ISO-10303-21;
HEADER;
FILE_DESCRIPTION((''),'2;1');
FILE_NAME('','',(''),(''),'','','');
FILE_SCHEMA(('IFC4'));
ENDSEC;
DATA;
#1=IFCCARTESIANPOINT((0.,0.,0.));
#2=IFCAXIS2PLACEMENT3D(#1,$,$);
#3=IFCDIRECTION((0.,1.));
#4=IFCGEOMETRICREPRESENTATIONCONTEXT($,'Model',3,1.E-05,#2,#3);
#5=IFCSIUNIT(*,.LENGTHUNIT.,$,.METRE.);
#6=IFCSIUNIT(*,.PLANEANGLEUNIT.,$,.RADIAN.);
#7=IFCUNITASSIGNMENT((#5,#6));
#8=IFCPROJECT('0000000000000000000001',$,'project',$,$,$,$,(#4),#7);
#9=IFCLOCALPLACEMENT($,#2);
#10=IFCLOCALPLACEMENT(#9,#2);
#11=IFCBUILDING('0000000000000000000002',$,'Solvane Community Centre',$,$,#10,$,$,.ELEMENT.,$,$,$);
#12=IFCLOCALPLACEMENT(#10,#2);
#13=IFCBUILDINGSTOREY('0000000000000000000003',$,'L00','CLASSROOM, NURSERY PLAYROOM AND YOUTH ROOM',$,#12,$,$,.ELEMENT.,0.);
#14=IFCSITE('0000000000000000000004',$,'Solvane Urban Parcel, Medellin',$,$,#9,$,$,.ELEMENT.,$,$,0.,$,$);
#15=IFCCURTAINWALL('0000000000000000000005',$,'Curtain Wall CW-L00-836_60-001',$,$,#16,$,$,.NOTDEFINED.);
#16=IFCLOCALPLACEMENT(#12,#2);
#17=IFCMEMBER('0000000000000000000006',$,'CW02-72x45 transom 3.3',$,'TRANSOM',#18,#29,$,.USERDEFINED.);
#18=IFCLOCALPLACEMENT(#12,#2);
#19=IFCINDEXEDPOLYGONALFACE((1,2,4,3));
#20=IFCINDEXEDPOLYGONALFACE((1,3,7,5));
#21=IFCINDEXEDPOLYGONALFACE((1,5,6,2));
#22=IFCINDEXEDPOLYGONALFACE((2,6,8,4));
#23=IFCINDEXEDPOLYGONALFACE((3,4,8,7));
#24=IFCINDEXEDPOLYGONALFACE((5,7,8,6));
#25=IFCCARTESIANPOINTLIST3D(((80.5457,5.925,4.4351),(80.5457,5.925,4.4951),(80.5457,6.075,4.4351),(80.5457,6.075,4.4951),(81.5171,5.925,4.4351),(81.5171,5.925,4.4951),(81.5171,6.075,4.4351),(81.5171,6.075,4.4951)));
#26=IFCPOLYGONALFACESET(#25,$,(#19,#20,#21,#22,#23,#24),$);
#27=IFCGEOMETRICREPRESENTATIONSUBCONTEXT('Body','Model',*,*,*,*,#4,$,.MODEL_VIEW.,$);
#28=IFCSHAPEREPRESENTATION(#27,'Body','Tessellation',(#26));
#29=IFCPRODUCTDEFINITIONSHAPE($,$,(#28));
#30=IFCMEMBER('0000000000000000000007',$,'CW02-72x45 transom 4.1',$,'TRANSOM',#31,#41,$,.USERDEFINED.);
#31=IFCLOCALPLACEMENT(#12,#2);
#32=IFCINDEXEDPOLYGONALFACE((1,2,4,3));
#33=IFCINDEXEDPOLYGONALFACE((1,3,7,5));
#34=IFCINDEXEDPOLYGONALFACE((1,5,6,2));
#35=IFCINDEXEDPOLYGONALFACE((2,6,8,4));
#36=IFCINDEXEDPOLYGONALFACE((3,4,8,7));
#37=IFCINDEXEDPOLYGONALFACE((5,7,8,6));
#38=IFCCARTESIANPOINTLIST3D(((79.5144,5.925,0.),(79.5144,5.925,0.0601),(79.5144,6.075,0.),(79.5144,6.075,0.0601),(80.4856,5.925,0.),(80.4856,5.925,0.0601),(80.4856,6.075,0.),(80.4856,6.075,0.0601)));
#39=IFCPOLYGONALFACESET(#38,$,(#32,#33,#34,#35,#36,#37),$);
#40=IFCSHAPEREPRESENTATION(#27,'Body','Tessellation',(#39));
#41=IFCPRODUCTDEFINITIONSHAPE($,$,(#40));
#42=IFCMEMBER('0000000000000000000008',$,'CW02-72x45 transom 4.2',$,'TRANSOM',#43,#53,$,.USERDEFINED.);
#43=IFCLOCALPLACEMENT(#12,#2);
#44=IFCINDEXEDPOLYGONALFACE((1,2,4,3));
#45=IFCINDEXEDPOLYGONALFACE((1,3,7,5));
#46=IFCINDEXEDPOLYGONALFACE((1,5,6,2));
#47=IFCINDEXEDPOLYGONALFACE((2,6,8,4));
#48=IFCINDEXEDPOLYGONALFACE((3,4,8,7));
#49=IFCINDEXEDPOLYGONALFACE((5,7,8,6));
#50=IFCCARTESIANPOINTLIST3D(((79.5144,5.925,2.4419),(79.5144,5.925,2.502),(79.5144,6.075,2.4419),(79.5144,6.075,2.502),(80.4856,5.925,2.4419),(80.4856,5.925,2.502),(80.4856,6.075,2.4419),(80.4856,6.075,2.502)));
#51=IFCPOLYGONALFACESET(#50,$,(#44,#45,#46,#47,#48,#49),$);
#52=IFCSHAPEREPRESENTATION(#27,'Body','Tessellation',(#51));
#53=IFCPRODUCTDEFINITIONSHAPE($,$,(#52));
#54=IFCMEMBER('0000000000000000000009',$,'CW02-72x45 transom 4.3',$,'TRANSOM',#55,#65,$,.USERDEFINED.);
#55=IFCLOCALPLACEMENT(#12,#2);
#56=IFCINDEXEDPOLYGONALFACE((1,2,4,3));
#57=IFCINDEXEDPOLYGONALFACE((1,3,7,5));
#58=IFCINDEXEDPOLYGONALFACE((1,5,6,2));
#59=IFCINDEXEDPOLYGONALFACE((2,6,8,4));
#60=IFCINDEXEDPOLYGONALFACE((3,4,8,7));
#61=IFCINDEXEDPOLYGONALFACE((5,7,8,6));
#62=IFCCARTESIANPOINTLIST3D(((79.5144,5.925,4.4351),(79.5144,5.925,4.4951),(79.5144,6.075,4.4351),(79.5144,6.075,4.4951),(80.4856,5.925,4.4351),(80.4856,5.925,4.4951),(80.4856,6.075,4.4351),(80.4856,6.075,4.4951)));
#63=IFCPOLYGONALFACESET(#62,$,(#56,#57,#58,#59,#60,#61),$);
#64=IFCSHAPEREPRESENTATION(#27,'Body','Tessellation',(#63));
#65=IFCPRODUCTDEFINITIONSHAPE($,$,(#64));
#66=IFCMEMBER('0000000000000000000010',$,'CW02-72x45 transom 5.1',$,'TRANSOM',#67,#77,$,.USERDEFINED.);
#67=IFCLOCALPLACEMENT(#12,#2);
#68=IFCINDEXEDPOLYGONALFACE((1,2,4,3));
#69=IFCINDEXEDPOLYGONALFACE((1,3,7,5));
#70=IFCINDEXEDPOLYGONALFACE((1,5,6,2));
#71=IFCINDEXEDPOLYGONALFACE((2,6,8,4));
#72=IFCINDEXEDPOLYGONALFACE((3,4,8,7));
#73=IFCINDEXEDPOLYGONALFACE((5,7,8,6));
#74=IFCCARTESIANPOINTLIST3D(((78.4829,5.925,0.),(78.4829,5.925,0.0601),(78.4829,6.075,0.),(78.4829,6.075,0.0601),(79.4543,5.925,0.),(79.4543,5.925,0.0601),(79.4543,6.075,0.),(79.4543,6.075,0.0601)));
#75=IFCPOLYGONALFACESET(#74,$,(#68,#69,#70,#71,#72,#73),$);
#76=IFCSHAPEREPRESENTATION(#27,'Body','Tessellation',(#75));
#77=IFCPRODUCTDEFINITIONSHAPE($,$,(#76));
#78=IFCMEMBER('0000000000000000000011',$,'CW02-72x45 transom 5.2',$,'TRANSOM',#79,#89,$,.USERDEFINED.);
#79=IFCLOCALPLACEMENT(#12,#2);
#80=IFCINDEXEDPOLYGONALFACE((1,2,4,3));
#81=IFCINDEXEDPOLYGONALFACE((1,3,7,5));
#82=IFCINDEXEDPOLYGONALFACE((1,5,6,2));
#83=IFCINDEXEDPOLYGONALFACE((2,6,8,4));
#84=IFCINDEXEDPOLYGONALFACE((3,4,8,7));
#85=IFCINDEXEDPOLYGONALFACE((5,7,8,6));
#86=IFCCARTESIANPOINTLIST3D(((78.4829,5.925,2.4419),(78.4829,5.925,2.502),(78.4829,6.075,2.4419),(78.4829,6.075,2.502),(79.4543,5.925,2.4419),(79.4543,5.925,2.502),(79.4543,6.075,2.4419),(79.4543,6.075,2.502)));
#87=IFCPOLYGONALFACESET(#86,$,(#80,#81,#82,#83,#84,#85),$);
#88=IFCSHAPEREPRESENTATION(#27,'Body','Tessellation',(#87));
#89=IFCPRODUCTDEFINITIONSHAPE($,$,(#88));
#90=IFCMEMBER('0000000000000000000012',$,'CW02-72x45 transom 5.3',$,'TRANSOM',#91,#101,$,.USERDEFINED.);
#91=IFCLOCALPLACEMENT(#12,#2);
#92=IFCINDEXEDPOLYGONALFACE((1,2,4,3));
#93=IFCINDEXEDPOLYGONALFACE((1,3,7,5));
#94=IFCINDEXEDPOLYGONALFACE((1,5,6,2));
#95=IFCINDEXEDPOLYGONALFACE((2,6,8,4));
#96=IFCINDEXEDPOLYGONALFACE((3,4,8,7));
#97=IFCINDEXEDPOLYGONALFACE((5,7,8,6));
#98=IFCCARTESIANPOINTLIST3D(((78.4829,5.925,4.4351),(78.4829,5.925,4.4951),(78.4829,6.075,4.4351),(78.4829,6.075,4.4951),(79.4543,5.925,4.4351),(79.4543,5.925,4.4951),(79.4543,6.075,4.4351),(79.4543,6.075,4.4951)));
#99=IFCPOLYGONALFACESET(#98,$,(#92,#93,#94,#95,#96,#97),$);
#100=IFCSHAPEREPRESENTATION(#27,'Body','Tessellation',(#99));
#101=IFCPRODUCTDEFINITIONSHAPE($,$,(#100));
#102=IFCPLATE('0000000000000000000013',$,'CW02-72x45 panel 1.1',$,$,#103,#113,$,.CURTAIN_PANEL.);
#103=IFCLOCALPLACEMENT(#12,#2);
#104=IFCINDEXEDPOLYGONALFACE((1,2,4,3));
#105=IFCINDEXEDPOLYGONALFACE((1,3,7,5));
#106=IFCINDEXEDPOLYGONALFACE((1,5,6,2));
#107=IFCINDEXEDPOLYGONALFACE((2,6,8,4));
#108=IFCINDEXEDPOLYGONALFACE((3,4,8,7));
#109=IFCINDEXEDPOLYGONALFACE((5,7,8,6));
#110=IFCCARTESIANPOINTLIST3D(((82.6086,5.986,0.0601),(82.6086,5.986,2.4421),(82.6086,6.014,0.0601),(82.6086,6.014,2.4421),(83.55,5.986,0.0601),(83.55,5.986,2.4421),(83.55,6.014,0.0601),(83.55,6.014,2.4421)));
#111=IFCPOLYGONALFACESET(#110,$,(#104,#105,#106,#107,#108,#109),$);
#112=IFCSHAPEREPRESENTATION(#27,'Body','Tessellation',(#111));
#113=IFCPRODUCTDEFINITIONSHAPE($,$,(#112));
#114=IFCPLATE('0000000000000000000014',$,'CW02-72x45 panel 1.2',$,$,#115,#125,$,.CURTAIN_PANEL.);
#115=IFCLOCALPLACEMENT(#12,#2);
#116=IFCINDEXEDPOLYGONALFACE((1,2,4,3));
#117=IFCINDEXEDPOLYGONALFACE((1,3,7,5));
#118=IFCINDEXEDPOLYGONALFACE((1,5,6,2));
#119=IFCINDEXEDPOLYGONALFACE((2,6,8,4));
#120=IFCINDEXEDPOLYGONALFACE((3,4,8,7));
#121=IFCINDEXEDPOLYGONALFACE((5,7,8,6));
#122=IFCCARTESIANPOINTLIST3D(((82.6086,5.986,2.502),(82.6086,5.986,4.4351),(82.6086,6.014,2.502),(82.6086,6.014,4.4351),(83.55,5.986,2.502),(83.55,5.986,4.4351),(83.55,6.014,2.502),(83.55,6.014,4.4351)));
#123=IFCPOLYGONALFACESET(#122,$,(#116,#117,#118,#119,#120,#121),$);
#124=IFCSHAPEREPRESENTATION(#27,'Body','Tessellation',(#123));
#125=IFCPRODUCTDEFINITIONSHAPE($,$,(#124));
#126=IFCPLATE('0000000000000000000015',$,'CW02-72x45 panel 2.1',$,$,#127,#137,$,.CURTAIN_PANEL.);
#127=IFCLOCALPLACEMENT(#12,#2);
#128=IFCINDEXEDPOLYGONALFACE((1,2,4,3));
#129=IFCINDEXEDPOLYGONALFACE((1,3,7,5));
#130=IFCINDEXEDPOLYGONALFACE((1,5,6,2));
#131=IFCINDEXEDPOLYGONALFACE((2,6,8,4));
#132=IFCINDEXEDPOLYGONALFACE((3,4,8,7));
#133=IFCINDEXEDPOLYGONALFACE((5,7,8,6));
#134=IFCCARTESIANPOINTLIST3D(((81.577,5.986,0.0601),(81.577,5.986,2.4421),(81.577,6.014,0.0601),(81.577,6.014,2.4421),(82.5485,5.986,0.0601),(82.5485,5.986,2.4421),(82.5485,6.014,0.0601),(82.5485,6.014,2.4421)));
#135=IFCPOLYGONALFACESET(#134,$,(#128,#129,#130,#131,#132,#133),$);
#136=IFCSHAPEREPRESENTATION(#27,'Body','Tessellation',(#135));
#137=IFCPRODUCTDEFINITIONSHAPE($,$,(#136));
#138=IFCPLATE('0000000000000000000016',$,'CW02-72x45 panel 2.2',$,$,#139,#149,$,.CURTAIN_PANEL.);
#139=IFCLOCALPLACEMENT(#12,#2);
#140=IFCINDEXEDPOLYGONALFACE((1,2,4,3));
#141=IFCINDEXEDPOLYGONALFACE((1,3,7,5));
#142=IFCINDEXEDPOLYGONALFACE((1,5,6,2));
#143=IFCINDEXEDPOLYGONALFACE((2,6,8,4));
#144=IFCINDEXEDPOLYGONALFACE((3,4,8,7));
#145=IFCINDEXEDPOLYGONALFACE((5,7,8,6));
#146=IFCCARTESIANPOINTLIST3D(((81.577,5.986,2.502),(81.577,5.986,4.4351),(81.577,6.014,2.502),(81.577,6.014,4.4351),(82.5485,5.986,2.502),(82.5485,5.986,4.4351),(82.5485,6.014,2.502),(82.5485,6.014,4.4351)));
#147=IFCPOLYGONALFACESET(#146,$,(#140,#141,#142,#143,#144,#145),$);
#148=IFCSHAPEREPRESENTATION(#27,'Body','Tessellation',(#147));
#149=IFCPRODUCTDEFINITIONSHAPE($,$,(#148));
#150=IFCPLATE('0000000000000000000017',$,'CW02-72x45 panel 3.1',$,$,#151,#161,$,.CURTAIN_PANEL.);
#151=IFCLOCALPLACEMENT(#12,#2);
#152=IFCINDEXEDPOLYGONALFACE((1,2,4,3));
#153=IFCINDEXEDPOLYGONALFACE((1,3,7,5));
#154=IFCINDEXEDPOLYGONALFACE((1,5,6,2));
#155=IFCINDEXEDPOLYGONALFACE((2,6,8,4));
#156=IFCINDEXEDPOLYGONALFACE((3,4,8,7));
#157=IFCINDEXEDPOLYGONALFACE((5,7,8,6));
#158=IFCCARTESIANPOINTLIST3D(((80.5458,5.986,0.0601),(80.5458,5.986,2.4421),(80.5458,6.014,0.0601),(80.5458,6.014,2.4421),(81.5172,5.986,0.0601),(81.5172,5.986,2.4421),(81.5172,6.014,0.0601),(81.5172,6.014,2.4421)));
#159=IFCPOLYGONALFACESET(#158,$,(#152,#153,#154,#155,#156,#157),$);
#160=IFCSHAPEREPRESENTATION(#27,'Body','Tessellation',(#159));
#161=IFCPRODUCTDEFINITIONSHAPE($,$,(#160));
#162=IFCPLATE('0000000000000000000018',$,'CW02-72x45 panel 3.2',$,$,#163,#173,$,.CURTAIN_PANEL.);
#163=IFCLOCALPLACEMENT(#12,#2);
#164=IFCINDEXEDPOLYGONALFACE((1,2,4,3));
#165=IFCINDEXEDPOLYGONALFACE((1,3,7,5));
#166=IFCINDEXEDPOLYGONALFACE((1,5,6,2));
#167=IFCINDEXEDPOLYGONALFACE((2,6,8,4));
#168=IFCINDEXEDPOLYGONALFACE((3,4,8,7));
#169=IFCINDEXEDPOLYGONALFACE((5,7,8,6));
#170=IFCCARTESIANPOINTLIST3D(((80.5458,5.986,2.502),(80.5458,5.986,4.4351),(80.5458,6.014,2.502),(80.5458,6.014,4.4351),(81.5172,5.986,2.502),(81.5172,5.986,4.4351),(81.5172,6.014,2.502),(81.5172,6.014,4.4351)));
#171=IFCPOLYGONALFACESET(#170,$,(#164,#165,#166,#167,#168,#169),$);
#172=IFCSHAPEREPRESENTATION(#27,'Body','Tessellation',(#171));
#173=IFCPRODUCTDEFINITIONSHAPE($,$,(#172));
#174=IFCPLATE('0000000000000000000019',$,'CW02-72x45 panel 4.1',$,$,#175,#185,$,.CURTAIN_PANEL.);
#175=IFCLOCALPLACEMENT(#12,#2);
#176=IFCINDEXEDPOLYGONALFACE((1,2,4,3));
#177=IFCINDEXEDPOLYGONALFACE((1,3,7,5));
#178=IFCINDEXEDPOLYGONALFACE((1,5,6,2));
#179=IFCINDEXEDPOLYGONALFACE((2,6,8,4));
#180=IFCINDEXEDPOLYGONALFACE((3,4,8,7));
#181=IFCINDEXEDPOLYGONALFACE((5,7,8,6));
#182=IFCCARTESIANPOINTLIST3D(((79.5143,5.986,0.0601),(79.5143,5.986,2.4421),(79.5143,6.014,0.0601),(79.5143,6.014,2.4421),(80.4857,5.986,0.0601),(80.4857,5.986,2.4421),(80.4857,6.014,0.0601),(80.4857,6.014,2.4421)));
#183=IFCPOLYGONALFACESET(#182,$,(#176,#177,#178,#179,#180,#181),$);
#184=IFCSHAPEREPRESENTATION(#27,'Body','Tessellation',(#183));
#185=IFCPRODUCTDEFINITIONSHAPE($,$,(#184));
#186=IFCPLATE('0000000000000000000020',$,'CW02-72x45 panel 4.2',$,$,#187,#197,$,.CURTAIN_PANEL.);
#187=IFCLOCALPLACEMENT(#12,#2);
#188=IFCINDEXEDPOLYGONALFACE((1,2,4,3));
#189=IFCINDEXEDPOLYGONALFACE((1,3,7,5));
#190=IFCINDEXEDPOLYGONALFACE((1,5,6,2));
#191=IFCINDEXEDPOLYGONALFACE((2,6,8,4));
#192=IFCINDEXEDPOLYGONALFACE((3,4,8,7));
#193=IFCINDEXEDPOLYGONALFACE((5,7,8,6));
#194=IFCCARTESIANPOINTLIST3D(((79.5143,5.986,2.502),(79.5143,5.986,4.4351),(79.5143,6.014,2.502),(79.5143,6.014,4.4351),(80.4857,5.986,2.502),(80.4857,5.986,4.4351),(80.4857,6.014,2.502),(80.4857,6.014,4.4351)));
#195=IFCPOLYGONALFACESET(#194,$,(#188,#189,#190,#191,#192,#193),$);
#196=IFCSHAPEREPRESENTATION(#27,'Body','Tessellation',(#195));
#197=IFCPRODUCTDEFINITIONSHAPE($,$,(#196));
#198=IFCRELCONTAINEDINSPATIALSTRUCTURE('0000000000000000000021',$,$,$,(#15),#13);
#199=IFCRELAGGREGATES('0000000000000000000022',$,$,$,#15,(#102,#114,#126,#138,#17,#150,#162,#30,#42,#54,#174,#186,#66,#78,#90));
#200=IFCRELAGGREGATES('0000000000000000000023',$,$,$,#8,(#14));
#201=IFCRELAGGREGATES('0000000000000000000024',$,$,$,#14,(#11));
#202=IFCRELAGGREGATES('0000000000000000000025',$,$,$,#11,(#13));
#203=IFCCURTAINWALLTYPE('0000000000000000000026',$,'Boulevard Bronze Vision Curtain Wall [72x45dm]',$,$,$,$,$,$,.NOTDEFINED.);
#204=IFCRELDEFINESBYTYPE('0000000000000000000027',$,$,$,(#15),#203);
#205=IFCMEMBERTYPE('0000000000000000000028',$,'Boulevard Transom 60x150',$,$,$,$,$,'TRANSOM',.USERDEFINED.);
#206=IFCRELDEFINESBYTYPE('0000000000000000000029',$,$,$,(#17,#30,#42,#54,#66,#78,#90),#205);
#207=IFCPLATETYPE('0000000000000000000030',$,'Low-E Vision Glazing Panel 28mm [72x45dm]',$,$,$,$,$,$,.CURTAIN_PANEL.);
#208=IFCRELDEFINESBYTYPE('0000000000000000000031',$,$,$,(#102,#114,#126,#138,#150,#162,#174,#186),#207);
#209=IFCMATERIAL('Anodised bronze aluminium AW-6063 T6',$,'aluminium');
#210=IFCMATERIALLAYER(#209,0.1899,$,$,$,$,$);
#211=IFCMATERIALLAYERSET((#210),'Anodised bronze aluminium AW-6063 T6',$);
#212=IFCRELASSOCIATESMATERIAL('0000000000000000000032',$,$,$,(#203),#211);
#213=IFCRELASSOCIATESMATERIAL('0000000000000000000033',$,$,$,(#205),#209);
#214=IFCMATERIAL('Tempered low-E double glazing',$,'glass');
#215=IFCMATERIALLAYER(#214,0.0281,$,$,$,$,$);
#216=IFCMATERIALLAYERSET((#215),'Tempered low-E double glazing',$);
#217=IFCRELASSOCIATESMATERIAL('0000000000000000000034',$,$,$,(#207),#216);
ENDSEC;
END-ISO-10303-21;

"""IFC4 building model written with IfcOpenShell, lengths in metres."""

from ifc_helpers import new_model, si_unit, direction, frame, origin, origin_2d, place, context, subcontext, project, spatial, rectangle, extrude, material, layer, layer_set, material_profile, profile_set, type_object, element, aggregate, save


model = new_model("IFC4")

# Units and contexts
model_context = context("Model", 3, precision=1e-05, world=origin(), true_north=direction((0.0, 1.0)))
body_context = subcontext(model_context, "Body", "Model", "MODEL_VIEW")
ifc_project = project(units=[si_unit("LENGTHUNIT", "METRE"), si_unit("PLANEANGLEUNIT", "RADIAN")], contexts=[model_context])

# Site, building, storey
site_placement = place(None, origin())
site = spatial("IfcSite", under=ifc_project, at=site_placement, Name="Solvane Urban Parcel, Medellin", CompositionType="ELEMENT", RefElevation=0.0)
building_placement = place(site_placement, origin())
building = spatial("IfcBuilding", under=site, at=building_placement, Name="Solvane Community Centre", CompositionType="ELEMENT")
storey_placement = place(building_placement, origin())
storey = spatial("IfcBuildingStorey", under=building, at=storey_placement, Name="L00", Description="CLASSROOM, NURSERY PLAYROOM AND YOUTH ROOM", CompositionType="ELEMENT", Elevation=0.0)

# Curtain wall, members, plates
ifc_material_1 = material(Name="Anodised bronze aluminium AW-6063 T6", Category="aluminium")
ifc_layer_1 = layer(ifc_material_1, 0.1899)
ifc_layer_set_1 = layer_set([ifc_layer_1], Name="Anodised bronze aluminium AW-6063 T6")
curtain_wall_type = type_object("IfcCurtainWallType", Name="Boulevard Bronze Vision Curtain Wall [72x45dm]", PredefinedType="NOTDEFINED", material=ifc_layer_set_1)
curtain_wall_placement = place(storey_placement, origin())
curtain_wall = element("IfcCurtainWall", 1, at=curtain_wall_placement, inside=storey, type_object=curtain_wall_type, Name="Curtain Wall CW-L00-836_60-001", PredefinedType="NOTDEFINED")
ifc_material_profile_1 = material_profile(ifc_material_1, rectangle(XDim=0.1499, YDim=0.0601, at=origin_2d()), Name="CW-T 60x150")
ifc_profile_set_1 = profile_set([ifc_material_profile_1], Name="Anodised bronze aluminium AW-6063 T6")
member_type_1 = type_object("IfcMemberType", Name="Boulevard Transom 60x150", ElementType="TRANSOM", PredefinedType="USERDEFINED", material=ifc_profile_set_1)
member_1_placement = place(storey_placement, frame((81.5171, 6.0, 4.4651), z_axis=(-1.0, 0.0, 0.0), x_axis=(0.0, -1.0, 0.0)))
member_1 = element("IfcMember", 2, at=member_1_placement, type_object=member_type_1, Name="CW02-72x45 transom 3.3", ObjectType="TRANSOM", PredefinedType="USERDEFINED", context=body_context, shape_type="SweptSolid", body=[
    extrude(rectangle(XDim=0.1499, YDim=0.0601, at=origin_2d()), origin(), (0.0, 0.0, 1.0), 0.9714),
])
member_2_placement = place(storey_placement, frame((80.4856, 6.0, 0.03), z_axis=(-1.0, 0.0, 0.0), x_axis=(0.0, -1.0, 0.0)))
member_2 = element("IfcMember", 3, at=member_2_placement, type_object=member_type_1, Name="CW02-72x45 transom 4.1", ObjectType="TRANSOM", PredefinedType="USERDEFINED", context=body_context, shape_type="SweptSolid", body=[
    extrude(rectangle(XDim=0.1499, YDim=0.0601, at=origin_2d()), origin(), (0.0, 0.0, 1.0), 0.9712),
])
member_3_placement = place(storey_placement, frame((80.4856, 6.0, 2.4719), z_axis=(-1.0, 0.0, 0.0), x_axis=(0.0, -1.0, 0.0)))
member_3 = element("IfcMember", 4, at=member_3_placement, type_object=member_type_1, Name="CW02-72x45 transom 4.2", ObjectType="TRANSOM", PredefinedType="USERDEFINED", context=body_context, shape_type="SweptSolid", body=[
    extrude(rectangle(XDim=0.1499, YDim=0.0601, at=origin_2d()), origin(), (0.0, 0.0, 1.0), 0.9712),
])
member_4_placement = place(storey_placement, frame((80.4856, 6.0, 4.4651), z_axis=(-1.0, 0.0, 0.0), x_axis=(0.0, -1.0, 0.0)))
member_4 = element("IfcMember", 5, at=member_4_placement, type_object=member_type_1, Name="CW02-72x45 transom 4.3", ObjectType="TRANSOM", PredefinedType="USERDEFINED", context=body_context, shape_type="SweptSolid", body=[
    extrude(rectangle(XDim=0.1499, YDim=0.0601, at=origin_2d()), origin(), (0.0, 0.0, 1.0), 0.9712),
])
member_5_placement = place(storey_placement, frame((79.4543, 6.0, 0.03), z_axis=(-1.0, 0.0, 0.0), x_axis=(0.0, -1.0, 0.0)))
member_5 = element("IfcMember", 6, at=member_5_placement, type_object=member_type_1, Name="CW02-72x45 transom 5.1", ObjectType="TRANSOM", PredefinedType="USERDEFINED", context=body_context, shape_type="SweptSolid", body=[
    extrude(rectangle(XDim=0.1499, YDim=0.0601, at=origin_2d()), origin(), (0.0, 0.0, 1.0), 0.9714),
])
member_6_placement = place(storey_placement, frame((79.4543, 6.0, 2.4719), z_axis=(-1.0, 0.0, 0.0), x_axis=(0.0, -1.0, 0.0)))
member_6 = element("IfcMember", 7, at=member_6_placement, type_object=member_type_1, Name="CW02-72x45 transom 5.2", ObjectType="TRANSOM", PredefinedType="USERDEFINED", context=body_context, shape_type="SweptSolid", body=[
    extrude(rectangle(XDim=0.1499, YDim=0.0601, at=origin_2d()), origin(), (0.0, 0.0, 1.0), 0.9714),
])
member_7_placement = place(storey_placement, frame((79.4543, 6.0, 4.4651), z_axis=(-1.0, 0.0, 0.0), x_axis=(0.0, -1.0, 0.0)))
member_7 = element("IfcMember", 8, at=member_7_placement, type_object=member_type_1, Name="CW02-72x45 transom 5.3", ObjectType="TRANSOM", PredefinedType="USERDEFINED", context=body_context, shape_type="SweptSolid", body=[
    extrude(rectangle(XDim=0.1499, YDim=0.0601, at=origin_2d()), origin(), (0.0, 0.0, 1.0), 0.9714),
])
ifc_material_2 = material(Name="Tempered low-E double glazing", Category="glass")
ifc_layer_2 = layer(ifc_material_2, 0.0281)
ifc_layer_set_2 = layer_set([ifc_layer_2], Name="Tempered low-E double glazing")
plate_type = type_object("IfcPlateType", Name="Low-E Vision Glazing Panel 28mm [72x45dm]", PredefinedType="CURTAIN_PANEL", material=ifc_layer_set_2)
plate_1_placement = place(storey_placement, frame((83.0793, 6.0, 0.0601), z_axis=(0.0, 0.0, 1.0), x_axis=(-1.0, 0.0, 0.0)))
plate_1 = element("IfcPlate", 9, at=plate_1_placement, type_object=plate_type, Name="CW02-72x45 panel 1.1", PredefinedType="CURTAIN_PANEL", context=body_context, shape_type="SweptSolid", body=[
    extrude(rectangle(XDim=0.9414, YDim=0.0281, at=origin_2d()), origin(), (0.0, 0.0, 1.0), 2.3821),
])
plate_2_placement = place(storey_placement, frame((83.0793, 6.0, 2.502), z_axis=(0.0, 0.0, 1.0), x_axis=(-1.0, 0.0, 0.0)))
plate_2 = element("IfcPlate", 10, at=plate_2_placement, type_object=plate_type, Name="CW02-72x45 panel 1.2", PredefinedType="CURTAIN_PANEL", context=body_context, shape_type="SweptSolid", body=[
    extrude(rectangle(XDim=0.9414, YDim=0.0281, at=origin_2d()), origin(), (0.0, 0.0, 1.0), 1.9331),
])
plate_3_placement = place(storey_placement, frame((82.0627, 6.0, 0.0601), z_axis=(0.0, 0.0, 1.0), x_axis=(-1.0, 0.0, 0.0)))
plate_3 = element("IfcPlate", 11, at=plate_3_placement, type_object=plate_type, Name="CW02-72x45 panel 2.1", PredefinedType="CURTAIN_PANEL", context=body_context, shape_type="SweptSolid", body=[
    extrude(rectangle(XDim=0.9714, YDim=0.0281, at=origin_2d()), origin(), (0.0, 0.0, 1.0), 2.3821),
])
plate_4_placement = place(storey_placement, frame((82.0627, 6.0, 2.502), z_axis=(0.0, 0.0, 1.0), x_axis=(-1.0, 0.0, 0.0)))
plate_4 = element("IfcPlate", 12, at=plate_4_placement, type_object=plate_type, Name="CW02-72x45 panel 2.2", PredefinedType="CURTAIN_PANEL", context=body_context, shape_type="SweptSolid", body=[
    extrude(rectangle(XDim=0.9714, YDim=0.0281, at=origin_2d()), origin(), (0.0, 0.0, 1.0), 1.9331),
])
plate_5_placement = place(storey_placement, frame((81.0315, 6.0, 0.0601), z_axis=(0.0, 0.0, 1.0), x_axis=(-1.0, 0.0, 0.0)))
plate_5 = element("IfcPlate", 13, at=plate_5_placement, type_object=plate_type, Name="CW02-72x45 panel 3.1", PredefinedType="CURTAIN_PANEL", context=body_context, shape_type="SweptSolid", body=[
    extrude(rectangle(XDim=0.9714, YDim=0.0281, at=origin_2d()), origin(), (0.0, 0.0, 1.0), 2.3821),
])
plate_6_placement = place(storey_placement, frame((81.0315, 6.0, 2.502), z_axis=(0.0, 0.0, 1.0), x_axis=(-1.0, 0.0, 0.0)))
plate_6 = element("IfcPlate", 14, at=plate_6_placement, type_object=plate_type, Name="CW02-72x45 panel 3.2", PredefinedType="CURTAIN_PANEL", context=body_context, shape_type="SweptSolid", body=[
    extrude(rectangle(XDim=0.9714, YDim=0.0281, at=origin_2d()), origin(), (0.0, 0.0, 1.0), 1.9331),
])
plate_7_placement = place(storey_placement, frame((80.0, 6.0, 0.0601), z_axis=(0.0, 0.0, 1.0), x_axis=(-1.0, 0.0, 0.0)))
plate_7 = element("IfcPlate", 15, at=plate_7_placement, type_object=plate_type, Name="CW02-72x45 panel 4.1", PredefinedType="CURTAIN_PANEL", context=body_context, shape_type="SweptSolid", body=[
    extrude(rectangle(XDim=0.9714, YDim=0.0281, at=origin_2d()), origin(), (0.0, 0.0, 1.0), 2.3821),
])
plate_8_placement = place(storey_placement, frame((80.0, 6.0, 2.502), z_axis=(0.0, 0.0, 1.0), x_axis=(-1.0, 0.0, 0.0)))
plate_8 = element("IfcPlate", 16, at=plate_8_placement, type_object=plate_type, Name="CW02-72x45 panel 4.2", PredefinedType="CURTAIN_PANEL", context=body_context, shape_type="SweptSolid", body=[
    extrude(rectangle(XDim=0.9714, YDim=0.0281, at=origin_2d()), origin(), (0.0, 0.0, 1.0), 1.9331),
])
aggregate(curtain_wall, [plate_1, plate_2, plate_3, plate_4, member_1, plate_5, plate_6, member_2, member_3, member_4, plate_7, plate_8, member_5, member_6, member_7])

save(model, "model.ifc")
